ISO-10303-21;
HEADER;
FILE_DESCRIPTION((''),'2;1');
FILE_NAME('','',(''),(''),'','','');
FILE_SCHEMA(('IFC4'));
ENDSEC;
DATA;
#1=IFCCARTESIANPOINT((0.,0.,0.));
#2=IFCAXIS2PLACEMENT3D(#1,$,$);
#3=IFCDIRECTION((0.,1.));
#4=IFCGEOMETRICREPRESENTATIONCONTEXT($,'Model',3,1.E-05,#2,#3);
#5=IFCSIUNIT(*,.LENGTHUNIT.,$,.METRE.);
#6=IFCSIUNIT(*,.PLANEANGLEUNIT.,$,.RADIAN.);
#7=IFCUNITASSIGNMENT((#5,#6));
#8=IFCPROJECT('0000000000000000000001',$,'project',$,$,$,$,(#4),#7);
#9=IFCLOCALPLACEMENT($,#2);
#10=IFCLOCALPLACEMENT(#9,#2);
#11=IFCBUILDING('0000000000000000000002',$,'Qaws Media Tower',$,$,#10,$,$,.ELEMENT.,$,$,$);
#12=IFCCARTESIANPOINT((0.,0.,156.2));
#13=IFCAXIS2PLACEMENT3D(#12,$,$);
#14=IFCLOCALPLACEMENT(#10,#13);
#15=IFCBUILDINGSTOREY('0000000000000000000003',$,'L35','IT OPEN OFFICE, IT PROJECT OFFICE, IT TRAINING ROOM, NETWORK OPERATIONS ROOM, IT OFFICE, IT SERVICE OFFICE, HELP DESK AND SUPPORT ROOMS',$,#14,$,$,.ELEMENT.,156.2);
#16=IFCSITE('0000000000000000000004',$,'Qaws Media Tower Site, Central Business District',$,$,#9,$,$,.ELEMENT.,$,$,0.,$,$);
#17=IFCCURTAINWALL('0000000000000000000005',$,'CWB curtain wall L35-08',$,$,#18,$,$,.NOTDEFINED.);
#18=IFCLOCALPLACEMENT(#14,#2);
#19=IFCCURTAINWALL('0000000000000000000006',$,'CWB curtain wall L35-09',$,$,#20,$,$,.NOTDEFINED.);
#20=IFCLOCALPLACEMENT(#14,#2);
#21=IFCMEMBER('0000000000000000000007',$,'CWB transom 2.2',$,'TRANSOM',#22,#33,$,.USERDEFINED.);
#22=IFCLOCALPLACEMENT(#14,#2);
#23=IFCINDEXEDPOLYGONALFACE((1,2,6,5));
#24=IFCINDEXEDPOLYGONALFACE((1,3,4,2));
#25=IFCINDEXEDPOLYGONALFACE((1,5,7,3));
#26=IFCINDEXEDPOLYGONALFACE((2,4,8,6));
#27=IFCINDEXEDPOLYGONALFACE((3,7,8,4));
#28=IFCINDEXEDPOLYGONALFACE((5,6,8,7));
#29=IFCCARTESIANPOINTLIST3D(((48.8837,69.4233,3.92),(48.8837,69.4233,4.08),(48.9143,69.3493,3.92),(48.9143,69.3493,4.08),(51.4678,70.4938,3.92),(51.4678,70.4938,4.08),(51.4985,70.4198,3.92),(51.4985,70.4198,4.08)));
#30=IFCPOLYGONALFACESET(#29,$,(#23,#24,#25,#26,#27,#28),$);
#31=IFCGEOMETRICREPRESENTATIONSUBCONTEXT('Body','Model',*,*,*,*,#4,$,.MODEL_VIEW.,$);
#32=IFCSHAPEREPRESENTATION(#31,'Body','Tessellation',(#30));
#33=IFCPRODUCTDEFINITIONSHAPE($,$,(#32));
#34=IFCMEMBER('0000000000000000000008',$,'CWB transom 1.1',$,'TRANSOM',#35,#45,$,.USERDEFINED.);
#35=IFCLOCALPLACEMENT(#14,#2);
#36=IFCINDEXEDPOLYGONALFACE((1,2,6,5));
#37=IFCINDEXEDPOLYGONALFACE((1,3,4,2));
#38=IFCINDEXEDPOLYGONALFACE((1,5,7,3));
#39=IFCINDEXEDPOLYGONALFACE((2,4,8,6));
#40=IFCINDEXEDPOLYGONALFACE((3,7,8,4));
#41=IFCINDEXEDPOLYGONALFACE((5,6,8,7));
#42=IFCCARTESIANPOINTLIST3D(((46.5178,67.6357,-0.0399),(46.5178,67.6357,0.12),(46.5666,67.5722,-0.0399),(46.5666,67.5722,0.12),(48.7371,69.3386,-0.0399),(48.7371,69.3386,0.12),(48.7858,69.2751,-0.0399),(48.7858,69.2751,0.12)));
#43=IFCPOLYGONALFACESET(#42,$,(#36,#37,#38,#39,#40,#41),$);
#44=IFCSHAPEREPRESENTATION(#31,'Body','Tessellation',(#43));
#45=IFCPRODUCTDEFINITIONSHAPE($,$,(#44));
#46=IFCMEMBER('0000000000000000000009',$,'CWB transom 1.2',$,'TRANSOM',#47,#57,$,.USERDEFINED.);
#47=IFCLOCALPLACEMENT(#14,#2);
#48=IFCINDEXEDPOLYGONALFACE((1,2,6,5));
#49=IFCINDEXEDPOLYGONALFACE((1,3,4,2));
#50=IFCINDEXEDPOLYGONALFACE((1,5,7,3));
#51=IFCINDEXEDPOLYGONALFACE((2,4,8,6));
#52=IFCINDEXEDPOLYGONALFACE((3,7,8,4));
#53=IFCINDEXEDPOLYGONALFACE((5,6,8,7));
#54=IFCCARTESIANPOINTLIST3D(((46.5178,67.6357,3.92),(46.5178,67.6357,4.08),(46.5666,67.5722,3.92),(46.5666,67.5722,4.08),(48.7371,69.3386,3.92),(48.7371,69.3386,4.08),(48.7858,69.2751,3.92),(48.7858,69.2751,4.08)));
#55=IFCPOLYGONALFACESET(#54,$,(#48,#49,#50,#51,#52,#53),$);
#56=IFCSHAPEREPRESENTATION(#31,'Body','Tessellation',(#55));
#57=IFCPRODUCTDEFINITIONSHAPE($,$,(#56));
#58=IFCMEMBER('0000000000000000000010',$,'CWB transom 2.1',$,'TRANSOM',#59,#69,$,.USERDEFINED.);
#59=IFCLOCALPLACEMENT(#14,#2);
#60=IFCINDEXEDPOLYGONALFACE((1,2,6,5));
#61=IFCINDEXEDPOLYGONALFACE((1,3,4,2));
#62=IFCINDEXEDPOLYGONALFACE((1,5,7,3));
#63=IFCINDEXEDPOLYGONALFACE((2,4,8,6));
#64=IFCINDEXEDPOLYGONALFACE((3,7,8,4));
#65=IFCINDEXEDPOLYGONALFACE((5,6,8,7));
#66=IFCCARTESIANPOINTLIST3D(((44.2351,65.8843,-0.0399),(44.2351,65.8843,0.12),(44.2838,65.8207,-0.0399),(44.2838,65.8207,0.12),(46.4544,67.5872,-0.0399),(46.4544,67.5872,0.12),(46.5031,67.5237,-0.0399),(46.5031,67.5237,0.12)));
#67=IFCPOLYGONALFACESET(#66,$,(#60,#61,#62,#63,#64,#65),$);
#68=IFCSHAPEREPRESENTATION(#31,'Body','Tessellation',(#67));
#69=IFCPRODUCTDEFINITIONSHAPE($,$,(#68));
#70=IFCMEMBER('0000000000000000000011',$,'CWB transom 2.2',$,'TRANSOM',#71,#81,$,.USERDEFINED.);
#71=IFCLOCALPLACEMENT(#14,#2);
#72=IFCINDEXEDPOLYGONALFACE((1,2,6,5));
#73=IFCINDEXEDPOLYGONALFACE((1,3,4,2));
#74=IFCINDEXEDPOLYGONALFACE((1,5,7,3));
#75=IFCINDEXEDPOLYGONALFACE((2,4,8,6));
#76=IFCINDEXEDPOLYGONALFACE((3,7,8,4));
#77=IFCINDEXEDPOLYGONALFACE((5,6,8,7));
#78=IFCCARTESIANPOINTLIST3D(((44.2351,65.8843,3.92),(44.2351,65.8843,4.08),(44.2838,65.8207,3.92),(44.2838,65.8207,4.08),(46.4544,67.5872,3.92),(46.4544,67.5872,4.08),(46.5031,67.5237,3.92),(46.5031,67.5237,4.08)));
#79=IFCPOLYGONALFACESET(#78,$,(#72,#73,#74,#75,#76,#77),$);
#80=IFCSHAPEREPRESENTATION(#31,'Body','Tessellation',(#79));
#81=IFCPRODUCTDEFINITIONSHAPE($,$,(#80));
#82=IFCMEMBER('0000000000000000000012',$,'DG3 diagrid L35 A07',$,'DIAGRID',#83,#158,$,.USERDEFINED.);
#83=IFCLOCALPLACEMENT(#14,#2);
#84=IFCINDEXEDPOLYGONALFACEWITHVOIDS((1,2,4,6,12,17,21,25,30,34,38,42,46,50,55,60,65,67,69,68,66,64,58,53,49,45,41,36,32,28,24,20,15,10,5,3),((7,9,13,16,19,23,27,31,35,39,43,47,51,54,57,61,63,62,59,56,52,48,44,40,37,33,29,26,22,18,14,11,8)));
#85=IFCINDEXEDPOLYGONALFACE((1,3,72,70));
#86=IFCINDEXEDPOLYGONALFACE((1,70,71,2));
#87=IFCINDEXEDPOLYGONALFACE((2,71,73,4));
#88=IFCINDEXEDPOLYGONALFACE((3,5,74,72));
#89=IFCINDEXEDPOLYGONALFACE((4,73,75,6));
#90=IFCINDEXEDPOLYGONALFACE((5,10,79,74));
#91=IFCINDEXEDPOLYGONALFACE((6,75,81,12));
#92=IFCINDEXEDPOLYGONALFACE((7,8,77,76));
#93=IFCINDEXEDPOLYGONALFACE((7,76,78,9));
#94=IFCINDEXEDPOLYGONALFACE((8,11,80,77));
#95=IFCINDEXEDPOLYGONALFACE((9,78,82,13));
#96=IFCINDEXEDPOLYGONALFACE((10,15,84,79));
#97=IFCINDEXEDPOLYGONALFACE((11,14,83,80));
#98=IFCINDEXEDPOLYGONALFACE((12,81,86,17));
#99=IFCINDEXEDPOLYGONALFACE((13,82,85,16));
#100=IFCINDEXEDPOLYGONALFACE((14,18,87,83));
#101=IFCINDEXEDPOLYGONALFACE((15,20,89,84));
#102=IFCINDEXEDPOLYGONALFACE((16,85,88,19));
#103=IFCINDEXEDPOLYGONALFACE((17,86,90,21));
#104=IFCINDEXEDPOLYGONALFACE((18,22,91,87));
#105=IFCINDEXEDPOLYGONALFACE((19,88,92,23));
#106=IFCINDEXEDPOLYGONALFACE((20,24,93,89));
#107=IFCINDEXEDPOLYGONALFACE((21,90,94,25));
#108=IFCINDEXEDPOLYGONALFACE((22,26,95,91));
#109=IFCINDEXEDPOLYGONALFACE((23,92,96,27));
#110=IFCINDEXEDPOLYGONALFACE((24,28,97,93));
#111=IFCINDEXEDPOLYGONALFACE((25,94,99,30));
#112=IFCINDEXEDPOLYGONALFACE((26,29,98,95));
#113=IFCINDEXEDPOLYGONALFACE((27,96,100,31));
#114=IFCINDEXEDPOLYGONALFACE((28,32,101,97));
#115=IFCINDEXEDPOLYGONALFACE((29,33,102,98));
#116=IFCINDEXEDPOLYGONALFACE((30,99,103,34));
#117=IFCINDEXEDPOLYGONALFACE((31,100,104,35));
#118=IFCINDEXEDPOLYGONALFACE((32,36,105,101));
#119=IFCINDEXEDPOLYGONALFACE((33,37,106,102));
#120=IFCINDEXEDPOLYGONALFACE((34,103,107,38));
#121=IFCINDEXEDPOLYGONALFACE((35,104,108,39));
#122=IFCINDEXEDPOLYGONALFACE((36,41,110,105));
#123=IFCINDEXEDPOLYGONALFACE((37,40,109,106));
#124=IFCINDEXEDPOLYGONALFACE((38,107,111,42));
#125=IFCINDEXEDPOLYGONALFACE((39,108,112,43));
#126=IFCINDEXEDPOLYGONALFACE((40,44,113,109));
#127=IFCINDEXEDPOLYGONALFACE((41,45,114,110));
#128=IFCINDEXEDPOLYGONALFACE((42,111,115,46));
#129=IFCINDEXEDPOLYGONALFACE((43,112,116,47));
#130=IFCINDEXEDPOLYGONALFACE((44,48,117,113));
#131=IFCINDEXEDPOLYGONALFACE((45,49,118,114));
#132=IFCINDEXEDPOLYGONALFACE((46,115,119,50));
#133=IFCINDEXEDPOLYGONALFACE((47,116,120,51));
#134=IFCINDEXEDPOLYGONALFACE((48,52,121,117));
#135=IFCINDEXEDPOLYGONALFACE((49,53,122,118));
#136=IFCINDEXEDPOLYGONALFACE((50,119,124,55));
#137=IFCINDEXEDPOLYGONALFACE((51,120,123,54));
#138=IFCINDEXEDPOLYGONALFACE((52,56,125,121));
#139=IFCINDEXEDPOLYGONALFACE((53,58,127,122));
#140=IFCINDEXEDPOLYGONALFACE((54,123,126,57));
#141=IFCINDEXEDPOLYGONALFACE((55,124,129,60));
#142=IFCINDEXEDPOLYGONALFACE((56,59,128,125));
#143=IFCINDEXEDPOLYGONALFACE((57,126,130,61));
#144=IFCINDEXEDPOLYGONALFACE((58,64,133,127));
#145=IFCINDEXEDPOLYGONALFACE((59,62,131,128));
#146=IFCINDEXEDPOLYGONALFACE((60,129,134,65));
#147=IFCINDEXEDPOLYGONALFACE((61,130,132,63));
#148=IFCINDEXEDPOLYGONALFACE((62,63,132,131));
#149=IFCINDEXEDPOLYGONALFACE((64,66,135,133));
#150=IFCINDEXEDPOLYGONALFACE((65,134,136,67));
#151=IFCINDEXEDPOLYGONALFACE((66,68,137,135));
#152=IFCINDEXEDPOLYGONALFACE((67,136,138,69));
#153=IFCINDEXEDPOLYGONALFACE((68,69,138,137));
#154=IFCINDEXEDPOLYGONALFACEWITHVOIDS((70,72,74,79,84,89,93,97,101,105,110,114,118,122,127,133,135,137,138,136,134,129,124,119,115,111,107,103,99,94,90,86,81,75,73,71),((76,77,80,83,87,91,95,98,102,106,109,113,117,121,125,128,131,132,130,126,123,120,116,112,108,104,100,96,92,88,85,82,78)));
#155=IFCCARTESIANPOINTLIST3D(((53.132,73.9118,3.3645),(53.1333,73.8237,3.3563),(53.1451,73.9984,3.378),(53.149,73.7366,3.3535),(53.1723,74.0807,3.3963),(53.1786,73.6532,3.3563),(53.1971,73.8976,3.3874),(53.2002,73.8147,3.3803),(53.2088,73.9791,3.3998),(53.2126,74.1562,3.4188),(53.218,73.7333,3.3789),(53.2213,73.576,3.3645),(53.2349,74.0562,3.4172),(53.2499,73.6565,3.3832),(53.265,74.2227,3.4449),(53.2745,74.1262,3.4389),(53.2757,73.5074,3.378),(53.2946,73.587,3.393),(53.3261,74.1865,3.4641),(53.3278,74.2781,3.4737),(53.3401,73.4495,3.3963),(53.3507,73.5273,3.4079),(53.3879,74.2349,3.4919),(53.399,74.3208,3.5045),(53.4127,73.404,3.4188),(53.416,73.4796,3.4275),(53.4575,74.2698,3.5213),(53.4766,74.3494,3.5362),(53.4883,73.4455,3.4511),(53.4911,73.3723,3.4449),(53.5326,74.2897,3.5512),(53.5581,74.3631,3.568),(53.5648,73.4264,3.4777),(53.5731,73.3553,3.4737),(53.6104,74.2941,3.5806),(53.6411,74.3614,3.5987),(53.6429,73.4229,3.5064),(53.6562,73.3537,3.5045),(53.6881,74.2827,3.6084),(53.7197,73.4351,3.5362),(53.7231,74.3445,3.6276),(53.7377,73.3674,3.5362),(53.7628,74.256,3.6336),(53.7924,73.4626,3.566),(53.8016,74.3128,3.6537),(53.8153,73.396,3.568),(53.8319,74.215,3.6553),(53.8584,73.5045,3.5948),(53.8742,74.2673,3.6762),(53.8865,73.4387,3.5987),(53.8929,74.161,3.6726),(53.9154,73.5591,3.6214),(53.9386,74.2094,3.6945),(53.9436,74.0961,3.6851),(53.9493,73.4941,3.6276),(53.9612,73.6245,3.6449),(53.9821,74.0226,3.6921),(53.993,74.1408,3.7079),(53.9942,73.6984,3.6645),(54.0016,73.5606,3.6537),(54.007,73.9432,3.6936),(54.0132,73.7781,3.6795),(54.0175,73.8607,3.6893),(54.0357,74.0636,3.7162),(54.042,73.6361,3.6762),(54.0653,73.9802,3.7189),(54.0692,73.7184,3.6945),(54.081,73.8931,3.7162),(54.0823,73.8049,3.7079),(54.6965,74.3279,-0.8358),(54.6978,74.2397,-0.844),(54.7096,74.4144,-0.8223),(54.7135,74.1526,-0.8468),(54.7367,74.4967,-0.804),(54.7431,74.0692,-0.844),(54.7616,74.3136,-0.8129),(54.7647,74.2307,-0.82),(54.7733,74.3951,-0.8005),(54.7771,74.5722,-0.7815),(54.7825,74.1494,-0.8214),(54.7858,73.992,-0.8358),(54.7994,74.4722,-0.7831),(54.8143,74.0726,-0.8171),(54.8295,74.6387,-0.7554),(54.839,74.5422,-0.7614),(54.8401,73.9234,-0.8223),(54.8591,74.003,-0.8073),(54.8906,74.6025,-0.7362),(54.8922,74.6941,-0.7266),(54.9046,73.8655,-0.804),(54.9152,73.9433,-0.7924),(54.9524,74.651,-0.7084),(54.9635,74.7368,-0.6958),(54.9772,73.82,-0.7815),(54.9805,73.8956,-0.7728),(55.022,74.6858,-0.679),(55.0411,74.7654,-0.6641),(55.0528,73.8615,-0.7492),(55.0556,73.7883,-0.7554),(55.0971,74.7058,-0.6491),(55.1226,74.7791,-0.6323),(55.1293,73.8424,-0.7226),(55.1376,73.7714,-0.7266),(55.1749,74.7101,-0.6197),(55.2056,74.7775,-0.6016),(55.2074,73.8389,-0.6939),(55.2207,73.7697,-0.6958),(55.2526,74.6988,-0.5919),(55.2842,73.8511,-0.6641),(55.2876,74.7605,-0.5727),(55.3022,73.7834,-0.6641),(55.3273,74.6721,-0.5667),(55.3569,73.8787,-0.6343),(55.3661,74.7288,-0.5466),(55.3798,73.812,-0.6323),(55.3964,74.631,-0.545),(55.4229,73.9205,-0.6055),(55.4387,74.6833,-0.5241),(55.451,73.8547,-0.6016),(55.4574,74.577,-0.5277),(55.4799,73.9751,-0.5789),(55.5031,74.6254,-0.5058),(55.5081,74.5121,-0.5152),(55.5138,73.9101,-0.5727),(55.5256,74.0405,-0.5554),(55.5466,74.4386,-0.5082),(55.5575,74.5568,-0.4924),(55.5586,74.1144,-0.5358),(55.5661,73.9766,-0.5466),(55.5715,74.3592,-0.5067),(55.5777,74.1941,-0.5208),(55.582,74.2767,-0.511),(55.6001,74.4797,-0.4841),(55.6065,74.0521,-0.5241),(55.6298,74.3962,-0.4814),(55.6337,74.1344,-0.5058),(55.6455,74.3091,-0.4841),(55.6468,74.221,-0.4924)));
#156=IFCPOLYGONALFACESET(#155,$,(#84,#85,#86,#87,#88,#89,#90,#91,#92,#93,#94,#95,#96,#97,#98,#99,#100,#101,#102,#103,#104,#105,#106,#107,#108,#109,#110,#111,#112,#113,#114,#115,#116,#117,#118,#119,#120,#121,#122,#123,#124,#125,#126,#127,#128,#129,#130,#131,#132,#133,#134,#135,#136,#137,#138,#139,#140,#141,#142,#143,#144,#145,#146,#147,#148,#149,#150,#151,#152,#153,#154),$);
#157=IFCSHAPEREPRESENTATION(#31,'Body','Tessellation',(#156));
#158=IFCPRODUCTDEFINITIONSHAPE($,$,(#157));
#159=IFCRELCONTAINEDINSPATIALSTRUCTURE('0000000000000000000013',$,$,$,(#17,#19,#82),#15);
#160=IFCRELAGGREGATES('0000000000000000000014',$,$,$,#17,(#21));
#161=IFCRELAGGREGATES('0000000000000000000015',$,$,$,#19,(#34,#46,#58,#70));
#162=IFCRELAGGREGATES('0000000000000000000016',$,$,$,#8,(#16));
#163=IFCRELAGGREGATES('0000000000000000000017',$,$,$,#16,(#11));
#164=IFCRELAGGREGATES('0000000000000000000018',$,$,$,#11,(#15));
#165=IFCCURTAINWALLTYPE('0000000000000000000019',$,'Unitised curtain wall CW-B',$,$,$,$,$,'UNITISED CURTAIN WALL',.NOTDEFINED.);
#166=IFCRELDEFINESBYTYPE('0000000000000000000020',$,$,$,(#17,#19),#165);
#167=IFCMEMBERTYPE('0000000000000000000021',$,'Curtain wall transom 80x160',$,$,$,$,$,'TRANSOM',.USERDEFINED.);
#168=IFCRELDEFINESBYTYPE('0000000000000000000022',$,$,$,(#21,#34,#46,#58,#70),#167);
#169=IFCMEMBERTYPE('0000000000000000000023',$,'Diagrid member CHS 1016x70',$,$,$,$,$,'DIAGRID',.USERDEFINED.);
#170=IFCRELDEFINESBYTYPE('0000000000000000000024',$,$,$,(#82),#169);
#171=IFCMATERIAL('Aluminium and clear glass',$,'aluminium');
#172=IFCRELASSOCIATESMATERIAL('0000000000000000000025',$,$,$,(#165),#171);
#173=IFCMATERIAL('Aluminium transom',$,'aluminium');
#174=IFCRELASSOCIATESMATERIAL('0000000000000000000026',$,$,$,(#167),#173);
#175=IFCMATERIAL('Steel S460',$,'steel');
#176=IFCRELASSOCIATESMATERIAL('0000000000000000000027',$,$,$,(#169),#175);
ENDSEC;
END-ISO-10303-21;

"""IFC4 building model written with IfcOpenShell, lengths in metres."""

from ifc_helpers import new_model, si_unit, direction, frame, origin, origin_2d, place, context, subcontext, project, spatial, rectangle, hollow_circle, extrude, material, material_profile, profile_set, type_object, element, aggregate, save


model = new_model("IFC4")

# Units and contexts
model_context = context("Model", 3, precision=1e-05, world=origin(), true_north=direction((0.0, 1.0)))
body_context = subcontext(model_context, "Body", "Model", "MODEL_VIEW")
ifc_project = project(units=[si_unit("LENGTHUNIT", "METRE"), si_unit("PLANEANGLEUNIT", "RADIAN")], contexts=[model_context])

# Site, building, storey
site_placement = place(None, origin())
site = spatial("IfcSite", under=ifc_project, at=site_placement, Name="Qaws Media Tower Site, Central Business District", CompositionType="ELEMENT", RefElevation=0.0)
building_placement = place(site_placement, origin())
building = spatial("IfcBuilding", under=site, at=building_placement, Name="Qaws Media Tower", CompositionType="ELEMENT")
storey_placement = place(building_placement, frame((0.0, 0.0, 156.2)))
storey = spatial("IfcBuildingStorey", under=building, at=storey_placement, Name="L35", Description="IT OPEN OFFICE, IT PROJECT OFFICE, IT TRAINING ROOM, NETWORK OPERATIONS ROOM, IT OFFICE, IT SERVICE OFFICE, HELP DESK AND SUPPORT ROOMS", CompositionType="ELEMENT", Elevation=156.2)

# Curtain walls
ifc_material_1 = material(Name="Aluminium and clear glass", Category="aluminium")
curtain_wall_type = type_object("IfcCurtainWallType", Name="Unitised curtain wall CW-B", ElementType="UNITISED CURTAIN WALL", PredefinedType="NOTDEFINED", material=ifc_material_1)
curtain_wall_1_placement = place(storey_placement, origin())
curtain_wall_1 = element("IfcCurtainWall", 1, at=curtain_wall_1_placement, inside=storey, type_object=curtain_wall_type, Name="CWB curtain wall L35-08", PredefinedType="NOTDEFINED")
curtain_wall_2_placement = place(storey_placement, origin())
curtain_wall_2 = element("IfcCurtainWall", 2, at=curtain_wall_2_placement, inside=storey, type_object=curtain_wall_type, Name="CWB curtain wall L35-09", PredefinedType="NOTDEFINED")

# Members
ifc_material_2 = material(Name="Aluminium transom", Category="aluminium")
ifc_material_profile_1 = material_profile(ifc_material_2, rectangle(XDim=0.0801, YDim=0.1599, at=origin_2d()), Name="80x160")
ifc_profile_set_1 = profile_set([ifc_material_profile_1], Name="Aluminium transom")
member_type_1 = type_object("IfcMemberType", Name="Curtain wall transom 80x160", ElementType="TRANSOM", PredefinedType="USERDEFINED", material=ifc_profile_set_1)
member_1_placement = place(storey_placement, frame((51.4832, 70.4568, 4.0), z_axis=(-0.923863, -0.382724, 0.0), x_axis=(0.382724, -0.923863, 0.0)))
member_1 = element("IfcMember", 3, at=member_1_placement, type_object=member_type_1, Name="CWB transom 2.2", ObjectType="TRANSOM", PredefinedType="USERDEFINED", context=body_context, shape_type="SweptSolid", body=[
    extrude(rectangle(XDim=0.0801, YDim=0.1599, at=origin_2d()), origin(), (0.0, 0.0, 1.0), 2.7971),
])
member_2_placement = place(storey_placement, frame((48.7615, 69.3069, 0.04), z_axis=(-0.793353, -0.608761, 0.0), x_axis=(0.608761, -0.793353, 0.0)))
member_2 = element("IfcMember", 4, at=member_2_placement, type_object=member_type_1, Name="CWB transom 1.1", ObjectType="TRANSOM", PredefinedType="USERDEFINED", context=body_context, shape_type="SweptSolid", body=[
    extrude(rectangle(XDim=0.0801, YDim=0.1599, at=origin_2d()), origin(), (0.0, 0.0, 1.0), 2.7974),
])
member_3_placement = place(storey_placement, frame((48.7615, 69.3069, 4.0), z_axis=(-0.793353, -0.608761, 0.0), x_axis=(0.608761, -0.793353, 0.0)))
member_3 = element("IfcMember", 5, at=member_3_placement, type_object=member_type_1, Name="CWB transom 1.2", ObjectType="TRANSOM", PredefinedType="USERDEFINED", context=body_context, shape_type="SweptSolid", body=[
    extrude(rectangle(XDim=0.0801, YDim=0.1599, at=origin_2d()), origin(), (0.0, 0.0, 1.0), 2.7974),
])
member_4_placement = place(storey_placement, frame((46.4788, 67.5554, 0.04), z_axis=(-0.793353, -0.608761, 0.0), x_axis=(0.608761, -0.793353, 0.0)))
member_4 = element("IfcMember", 6, at=member_4_placement, type_object=member_type_1, Name="CWB transom 2.1", ObjectType="TRANSOM", PredefinedType="USERDEFINED", context=body_context, shape_type="SweptSolid", body=[
    extrude(rectangle(XDim=0.0801, YDim=0.1599, at=origin_2d()), origin(), (0.0, 0.0, 1.0), 2.7974),
])
member_5_placement = place(storey_placement, frame((46.4788, 67.5554, 4.0), z_axis=(-0.793353, -0.608761, 0.0), x_axis=(0.608761, -0.793353, 0.0)))
member_5 = element("IfcMember", 7, at=member_5_placement, type_object=member_type_1, Name="CWB transom 2.2", ObjectType="TRANSOM", PredefinedType="USERDEFINED", context=body_context, shape_type="SweptSolid", body=[
    extrude(rectangle(XDim=0.0801, YDim=0.1599, at=origin_2d()), origin(), (0.0, 0.0, 1.0), 2.7974),
])

# Member
ifc_material_3 = material(Name="Steel S460", Category="steel")
ifc_material_profile_2 = material_profile(ifc_material_3, hollow_circle(Radius=0.5081, WallThickness=0.0701, at=origin_2d()), Name="CHS 1016x70")
ifc_profile_set_2 = profile_set([ifc_material_profile_2], Name="Steel S460")
member_type_2 = type_object("IfcMemberType", Name="Diagrid member CHS 1016x70", ElementType="DIAGRID", PredefinedType="USERDEFINED", material=ifc_profile_set_2)
for number, where, z_axis, x_axis, name in (
    (8, (55.1716, 74.2744, -0.6641), (-0.347551, -0.09242, 0.933095), (0.256987, -0.966415, 0.0), "DG3 diagrid L35 A07"),
):
    element("IfcMember", number, at=place(storey_placement, frame(where, z_axis=z_axis, x_axis=x_axis)), inside=storey, type_object=member_type_2, Name=name, ObjectType="DIAGRID", PredefinedType="USERDEFINED", context=body_context, shape_type="SweptSolid", body=[
        extrude(hollow_circle(Radius=0.5081, WallThickness=0.0701, at=origin_2d()), origin(), (0.0, 0.0, 1.0), 4.5015),
    ])

aggregate(curtain_wall_1, [member_1])
aggregate(curtain_wall_2, [member_2, member_3, member_4, member_5])

save(model, "model.ifc")
